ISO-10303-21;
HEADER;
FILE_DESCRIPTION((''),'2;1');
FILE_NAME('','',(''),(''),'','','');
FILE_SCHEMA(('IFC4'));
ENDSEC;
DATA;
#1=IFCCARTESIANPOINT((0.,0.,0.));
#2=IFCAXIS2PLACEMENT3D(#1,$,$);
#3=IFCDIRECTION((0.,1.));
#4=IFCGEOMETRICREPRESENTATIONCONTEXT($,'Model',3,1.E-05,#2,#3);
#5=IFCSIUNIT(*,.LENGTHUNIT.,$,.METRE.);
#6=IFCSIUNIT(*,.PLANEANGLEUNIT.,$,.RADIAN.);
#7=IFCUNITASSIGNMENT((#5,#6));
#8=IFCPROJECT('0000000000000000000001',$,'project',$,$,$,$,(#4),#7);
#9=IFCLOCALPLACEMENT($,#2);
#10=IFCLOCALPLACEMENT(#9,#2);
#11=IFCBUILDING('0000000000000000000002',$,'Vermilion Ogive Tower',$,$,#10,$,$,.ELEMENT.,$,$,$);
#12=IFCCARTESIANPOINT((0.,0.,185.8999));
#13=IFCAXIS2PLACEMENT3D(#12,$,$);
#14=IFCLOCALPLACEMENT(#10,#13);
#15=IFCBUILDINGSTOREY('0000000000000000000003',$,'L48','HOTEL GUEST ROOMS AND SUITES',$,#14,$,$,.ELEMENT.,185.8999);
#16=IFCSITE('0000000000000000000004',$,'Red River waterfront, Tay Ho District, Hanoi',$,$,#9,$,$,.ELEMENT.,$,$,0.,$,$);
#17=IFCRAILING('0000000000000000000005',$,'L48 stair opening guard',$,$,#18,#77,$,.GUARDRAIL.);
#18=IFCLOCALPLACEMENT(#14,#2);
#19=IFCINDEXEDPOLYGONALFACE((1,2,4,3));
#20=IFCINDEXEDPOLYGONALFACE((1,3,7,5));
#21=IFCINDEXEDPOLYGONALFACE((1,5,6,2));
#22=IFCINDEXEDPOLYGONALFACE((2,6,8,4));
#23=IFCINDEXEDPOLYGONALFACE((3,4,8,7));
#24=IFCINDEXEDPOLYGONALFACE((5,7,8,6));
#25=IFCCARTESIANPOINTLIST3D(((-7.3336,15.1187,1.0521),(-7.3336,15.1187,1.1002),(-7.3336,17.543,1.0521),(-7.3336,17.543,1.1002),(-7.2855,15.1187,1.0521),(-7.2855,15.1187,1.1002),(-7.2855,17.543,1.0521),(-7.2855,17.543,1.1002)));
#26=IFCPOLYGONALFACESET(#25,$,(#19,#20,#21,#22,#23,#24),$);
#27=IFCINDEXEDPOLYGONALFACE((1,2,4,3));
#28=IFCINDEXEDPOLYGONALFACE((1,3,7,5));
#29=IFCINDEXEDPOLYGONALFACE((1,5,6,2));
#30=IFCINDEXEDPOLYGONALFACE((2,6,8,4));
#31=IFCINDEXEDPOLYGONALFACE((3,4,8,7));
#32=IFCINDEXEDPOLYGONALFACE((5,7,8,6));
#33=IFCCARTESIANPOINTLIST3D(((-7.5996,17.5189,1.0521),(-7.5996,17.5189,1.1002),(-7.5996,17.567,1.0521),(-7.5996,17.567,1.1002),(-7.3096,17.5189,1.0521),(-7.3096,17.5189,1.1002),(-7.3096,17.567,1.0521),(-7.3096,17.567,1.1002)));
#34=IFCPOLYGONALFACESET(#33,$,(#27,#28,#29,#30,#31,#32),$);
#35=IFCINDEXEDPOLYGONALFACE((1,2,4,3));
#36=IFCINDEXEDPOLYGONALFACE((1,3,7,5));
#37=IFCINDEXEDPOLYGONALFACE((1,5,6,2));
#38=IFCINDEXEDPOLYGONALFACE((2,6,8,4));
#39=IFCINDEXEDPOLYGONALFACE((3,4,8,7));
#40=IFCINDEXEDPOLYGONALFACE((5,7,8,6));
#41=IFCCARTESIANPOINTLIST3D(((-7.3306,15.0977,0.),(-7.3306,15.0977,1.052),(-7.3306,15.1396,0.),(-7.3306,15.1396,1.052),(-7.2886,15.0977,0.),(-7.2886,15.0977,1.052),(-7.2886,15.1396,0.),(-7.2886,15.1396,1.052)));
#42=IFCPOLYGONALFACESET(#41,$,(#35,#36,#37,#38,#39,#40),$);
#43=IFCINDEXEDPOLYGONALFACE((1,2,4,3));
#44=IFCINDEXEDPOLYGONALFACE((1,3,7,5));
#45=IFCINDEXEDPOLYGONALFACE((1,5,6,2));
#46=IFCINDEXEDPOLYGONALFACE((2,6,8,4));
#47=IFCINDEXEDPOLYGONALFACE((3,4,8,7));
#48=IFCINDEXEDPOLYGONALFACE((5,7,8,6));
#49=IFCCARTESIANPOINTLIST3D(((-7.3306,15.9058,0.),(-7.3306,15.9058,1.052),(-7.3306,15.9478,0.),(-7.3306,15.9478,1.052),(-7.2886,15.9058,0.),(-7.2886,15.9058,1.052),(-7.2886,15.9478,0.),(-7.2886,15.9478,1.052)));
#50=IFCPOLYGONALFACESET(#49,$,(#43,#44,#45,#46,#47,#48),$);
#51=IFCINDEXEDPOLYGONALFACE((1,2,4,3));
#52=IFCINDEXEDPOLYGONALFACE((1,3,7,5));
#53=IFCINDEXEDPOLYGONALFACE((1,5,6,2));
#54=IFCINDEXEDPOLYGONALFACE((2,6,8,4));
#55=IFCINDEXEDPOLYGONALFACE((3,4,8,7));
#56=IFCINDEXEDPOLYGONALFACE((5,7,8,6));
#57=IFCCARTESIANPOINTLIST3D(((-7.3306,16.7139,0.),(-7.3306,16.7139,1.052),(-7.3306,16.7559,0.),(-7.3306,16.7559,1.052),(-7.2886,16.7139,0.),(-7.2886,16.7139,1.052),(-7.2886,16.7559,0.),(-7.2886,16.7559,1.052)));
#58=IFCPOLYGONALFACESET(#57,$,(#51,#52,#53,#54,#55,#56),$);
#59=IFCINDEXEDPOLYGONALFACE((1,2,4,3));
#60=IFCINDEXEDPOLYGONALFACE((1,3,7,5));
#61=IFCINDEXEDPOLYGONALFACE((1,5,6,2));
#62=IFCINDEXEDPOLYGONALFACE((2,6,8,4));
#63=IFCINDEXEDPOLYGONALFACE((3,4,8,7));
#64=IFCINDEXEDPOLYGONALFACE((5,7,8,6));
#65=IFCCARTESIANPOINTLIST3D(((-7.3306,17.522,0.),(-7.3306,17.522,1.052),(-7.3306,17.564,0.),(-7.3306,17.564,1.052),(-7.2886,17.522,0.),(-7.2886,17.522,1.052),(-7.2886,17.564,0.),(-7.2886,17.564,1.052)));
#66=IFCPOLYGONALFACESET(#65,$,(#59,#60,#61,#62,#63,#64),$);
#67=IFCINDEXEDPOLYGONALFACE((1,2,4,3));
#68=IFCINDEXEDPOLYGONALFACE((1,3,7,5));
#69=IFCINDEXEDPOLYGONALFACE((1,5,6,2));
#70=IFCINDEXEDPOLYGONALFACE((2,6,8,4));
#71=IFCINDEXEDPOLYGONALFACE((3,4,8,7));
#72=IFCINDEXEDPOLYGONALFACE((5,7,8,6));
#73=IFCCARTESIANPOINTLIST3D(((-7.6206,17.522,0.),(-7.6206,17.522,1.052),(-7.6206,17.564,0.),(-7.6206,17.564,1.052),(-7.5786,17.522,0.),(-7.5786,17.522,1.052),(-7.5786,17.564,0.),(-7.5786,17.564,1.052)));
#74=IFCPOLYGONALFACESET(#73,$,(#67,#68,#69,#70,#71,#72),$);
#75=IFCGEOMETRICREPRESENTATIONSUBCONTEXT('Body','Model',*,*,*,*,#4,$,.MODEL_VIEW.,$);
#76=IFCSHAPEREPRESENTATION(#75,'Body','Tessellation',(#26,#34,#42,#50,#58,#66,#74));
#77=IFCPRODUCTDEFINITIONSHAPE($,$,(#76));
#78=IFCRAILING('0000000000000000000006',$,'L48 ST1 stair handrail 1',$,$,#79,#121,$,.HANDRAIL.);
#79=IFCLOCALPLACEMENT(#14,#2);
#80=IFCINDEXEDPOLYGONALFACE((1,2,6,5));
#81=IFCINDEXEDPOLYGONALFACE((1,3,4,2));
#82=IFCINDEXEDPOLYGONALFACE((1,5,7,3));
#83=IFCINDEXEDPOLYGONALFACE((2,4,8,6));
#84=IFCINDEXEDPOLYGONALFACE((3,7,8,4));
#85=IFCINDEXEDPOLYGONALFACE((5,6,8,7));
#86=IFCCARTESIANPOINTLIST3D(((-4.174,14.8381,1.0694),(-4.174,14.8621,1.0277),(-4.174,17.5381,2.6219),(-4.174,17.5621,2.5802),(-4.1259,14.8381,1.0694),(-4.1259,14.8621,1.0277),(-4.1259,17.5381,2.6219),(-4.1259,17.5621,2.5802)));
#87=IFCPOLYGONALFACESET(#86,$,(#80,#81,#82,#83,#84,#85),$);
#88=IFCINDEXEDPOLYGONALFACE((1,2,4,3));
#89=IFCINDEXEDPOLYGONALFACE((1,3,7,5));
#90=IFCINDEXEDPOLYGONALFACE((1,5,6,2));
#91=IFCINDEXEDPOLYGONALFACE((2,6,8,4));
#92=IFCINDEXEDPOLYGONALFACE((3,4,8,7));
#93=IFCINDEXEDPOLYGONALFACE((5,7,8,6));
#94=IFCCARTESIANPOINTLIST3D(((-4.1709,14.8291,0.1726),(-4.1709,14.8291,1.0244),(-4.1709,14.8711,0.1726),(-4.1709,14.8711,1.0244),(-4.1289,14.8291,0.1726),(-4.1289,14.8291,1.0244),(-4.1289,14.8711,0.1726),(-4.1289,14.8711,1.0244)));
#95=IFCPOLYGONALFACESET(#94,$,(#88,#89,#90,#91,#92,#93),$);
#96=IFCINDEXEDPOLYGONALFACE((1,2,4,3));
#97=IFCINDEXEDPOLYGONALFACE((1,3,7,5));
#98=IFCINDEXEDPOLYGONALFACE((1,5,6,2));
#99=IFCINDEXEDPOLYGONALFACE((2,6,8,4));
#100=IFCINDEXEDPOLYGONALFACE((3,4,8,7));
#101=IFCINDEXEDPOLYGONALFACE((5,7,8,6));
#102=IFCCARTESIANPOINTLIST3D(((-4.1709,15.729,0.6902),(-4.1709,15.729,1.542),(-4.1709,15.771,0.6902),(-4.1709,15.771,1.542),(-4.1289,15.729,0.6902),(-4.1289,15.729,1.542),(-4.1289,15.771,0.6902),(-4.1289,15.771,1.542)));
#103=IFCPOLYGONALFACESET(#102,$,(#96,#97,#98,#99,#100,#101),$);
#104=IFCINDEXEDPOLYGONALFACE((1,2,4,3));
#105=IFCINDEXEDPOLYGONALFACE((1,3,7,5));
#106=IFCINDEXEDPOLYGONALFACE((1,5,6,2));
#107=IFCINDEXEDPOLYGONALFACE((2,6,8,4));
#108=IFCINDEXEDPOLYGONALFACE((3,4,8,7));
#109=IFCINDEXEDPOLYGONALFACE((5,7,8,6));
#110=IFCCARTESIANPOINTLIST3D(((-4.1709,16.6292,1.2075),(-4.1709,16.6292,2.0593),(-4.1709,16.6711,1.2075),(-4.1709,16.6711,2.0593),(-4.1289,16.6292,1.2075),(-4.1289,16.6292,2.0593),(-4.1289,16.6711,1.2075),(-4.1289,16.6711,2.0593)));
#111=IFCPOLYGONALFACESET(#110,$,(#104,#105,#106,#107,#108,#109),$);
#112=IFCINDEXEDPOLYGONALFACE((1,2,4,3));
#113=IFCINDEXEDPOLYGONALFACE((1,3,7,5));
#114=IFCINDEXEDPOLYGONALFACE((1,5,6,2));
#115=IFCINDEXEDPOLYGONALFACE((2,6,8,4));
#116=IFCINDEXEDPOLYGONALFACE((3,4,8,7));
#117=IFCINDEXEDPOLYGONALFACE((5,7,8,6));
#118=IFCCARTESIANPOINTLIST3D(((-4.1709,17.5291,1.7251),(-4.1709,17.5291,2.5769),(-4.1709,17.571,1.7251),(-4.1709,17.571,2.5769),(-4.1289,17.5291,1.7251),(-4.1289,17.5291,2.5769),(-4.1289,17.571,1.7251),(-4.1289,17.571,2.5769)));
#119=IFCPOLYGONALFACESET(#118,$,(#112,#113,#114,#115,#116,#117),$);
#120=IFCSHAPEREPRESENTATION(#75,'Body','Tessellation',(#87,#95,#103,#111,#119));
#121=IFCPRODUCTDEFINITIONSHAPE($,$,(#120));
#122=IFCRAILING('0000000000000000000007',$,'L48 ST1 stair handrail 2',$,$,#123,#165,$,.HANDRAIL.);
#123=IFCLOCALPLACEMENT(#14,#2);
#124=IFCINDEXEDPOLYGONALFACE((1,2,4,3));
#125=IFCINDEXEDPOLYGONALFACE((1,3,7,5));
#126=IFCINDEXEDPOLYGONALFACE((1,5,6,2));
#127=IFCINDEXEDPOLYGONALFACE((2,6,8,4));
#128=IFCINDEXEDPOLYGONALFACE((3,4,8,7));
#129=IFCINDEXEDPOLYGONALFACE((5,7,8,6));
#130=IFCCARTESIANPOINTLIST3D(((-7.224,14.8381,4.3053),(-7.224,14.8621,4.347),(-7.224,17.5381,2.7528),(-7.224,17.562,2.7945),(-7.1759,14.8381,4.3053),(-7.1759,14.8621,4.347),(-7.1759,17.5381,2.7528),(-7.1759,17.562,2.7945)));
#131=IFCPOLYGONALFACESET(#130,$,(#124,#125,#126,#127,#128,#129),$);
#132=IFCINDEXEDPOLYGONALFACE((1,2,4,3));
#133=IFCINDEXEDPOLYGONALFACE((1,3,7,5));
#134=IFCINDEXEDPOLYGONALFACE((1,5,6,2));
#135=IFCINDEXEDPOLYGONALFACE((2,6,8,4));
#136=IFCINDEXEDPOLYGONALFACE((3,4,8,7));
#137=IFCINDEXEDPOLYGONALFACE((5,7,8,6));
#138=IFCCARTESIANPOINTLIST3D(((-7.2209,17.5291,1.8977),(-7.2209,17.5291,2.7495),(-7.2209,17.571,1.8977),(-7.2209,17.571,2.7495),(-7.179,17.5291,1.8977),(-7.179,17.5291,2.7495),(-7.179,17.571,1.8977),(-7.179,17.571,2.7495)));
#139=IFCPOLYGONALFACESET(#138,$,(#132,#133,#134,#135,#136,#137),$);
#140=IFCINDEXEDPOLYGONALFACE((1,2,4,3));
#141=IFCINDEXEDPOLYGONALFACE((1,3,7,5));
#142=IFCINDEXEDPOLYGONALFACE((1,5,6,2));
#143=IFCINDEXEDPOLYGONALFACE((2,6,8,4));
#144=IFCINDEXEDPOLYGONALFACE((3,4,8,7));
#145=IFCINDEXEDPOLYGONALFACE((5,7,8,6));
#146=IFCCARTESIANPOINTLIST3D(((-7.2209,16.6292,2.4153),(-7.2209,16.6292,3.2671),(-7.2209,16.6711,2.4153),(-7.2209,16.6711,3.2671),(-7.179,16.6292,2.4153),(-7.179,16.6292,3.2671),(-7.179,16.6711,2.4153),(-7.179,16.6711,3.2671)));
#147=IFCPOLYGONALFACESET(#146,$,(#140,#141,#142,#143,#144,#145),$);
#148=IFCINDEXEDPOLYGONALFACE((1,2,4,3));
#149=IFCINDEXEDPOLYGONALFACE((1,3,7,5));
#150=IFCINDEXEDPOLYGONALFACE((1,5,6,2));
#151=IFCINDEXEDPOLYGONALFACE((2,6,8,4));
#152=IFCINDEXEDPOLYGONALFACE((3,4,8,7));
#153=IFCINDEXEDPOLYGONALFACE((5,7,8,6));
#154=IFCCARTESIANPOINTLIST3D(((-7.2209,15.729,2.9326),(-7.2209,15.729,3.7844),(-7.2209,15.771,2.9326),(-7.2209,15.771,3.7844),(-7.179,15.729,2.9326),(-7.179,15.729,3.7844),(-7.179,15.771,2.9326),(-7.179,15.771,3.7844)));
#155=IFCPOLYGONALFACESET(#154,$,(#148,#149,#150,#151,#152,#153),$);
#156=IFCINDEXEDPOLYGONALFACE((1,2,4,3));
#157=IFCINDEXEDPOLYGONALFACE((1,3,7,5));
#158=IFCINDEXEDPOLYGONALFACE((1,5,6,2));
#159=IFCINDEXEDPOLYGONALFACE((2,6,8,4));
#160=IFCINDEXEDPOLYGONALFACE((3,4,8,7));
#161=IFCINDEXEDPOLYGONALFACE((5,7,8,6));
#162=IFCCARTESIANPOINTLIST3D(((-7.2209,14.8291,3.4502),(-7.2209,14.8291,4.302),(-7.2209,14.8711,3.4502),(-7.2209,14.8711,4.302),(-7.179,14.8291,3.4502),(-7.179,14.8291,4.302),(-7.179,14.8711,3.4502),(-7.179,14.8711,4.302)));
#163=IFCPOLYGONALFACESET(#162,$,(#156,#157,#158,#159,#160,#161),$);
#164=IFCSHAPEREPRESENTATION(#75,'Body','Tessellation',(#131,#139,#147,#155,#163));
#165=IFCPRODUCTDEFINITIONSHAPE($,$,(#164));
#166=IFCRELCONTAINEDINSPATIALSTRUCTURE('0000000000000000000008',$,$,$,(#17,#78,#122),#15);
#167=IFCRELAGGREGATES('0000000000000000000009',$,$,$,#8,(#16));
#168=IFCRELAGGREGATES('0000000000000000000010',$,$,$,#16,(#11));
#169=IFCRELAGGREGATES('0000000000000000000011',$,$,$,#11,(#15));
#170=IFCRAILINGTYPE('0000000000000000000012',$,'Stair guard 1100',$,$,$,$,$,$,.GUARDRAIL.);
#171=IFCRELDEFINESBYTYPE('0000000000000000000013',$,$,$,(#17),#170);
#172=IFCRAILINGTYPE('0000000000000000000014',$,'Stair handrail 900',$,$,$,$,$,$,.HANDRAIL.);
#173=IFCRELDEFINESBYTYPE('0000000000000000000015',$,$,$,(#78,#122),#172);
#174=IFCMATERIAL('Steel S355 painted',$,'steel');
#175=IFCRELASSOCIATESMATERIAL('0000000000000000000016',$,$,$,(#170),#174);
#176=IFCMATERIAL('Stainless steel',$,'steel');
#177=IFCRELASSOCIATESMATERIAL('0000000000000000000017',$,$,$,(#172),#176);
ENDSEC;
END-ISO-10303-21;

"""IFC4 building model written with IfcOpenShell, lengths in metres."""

from ifc_helpers import new_model, si_unit, direction, frame, origin, origin_2d, place, context, subcontext, project, spatial, rectangle, extrude, material, type_object, element, save


model = new_model("IFC4")

# Units and contexts
model_context = context("Model", 3, precision=1e-05, world=origin(), true_north=direction((0.0, 1.0)))
body_context = subcontext(model_context, "Body", "Model", "MODEL_VIEW")
ifc_project = project(units=[si_unit("LENGTHUNIT", "METRE"), si_unit("PLANEANGLEUNIT", "RADIAN")], contexts=[model_context])

# Site, building, storey
site_placement = place(None, origin())
site = spatial("IfcSite", under=ifc_project, at=site_placement, Name="Red River waterfront, Tay Ho District, Hanoi", CompositionType="ELEMENT", RefElevation=0.0)
building_placement = place(site_placement, origin())
building = spatial("IfcBuilding", under=site, at=building_placement, Name="Vermilion Ogive Tower", CompositionType="ELEMENT")
storey_placement = place(building_placement, frame((0.0, 0.0, 185.8999)))
storey = spatial("IfcBuildingStorey", under=building, at=storey_placement, Name="L48", Description="HOTEL GUEST ROOMS AND SUITES", CompositionType="ELEMENT", Elevation=185.8999)

# Railings
ifc_material_1 = material(Name="Steel S355 painted", Category="steel")
railing_type_1 = type_object("IfcRailingType", Name="Stair guard 1100", PredefinedType="GUARDRAIL", material=ifc_material_1)
railing_1_placement = place(storey_placement, frame((-7.3096, 15.1187, 0.0)))
element("IfcRailing", 1, at=railing_1_placement, inside=storey, type_object=railing_type_1, Name="L48 stair opening guard", PredefinedType="GUARDRAIL", context=body_context, shape_type="SweptSolid", body=[
    extrude(rectangle(XDim=0.0481, YDim=0.0481, at=origin_2d()), frame((0.0, 0.0, 1.0762), z_axis=(0.0, 1.0, 0.0), x_axis=(-1.0, 0.0, 0.0)), (0.0, 0.0, 1.0), 2.4243),
    extrude(rectangle(XDim=0.0481, YDim=0.0481, at=origin_2d()), frame((0.0, 2.4243, 1.0762), z_axis=(-1.0, 0.0, 0.0), x_axis=(0.0, -1.0, 0.0)), (0.0, 0.0, 1.0), 0.29),
    extrude(rectangle(XDim=0.042, YDim=0.042, at=origin_2d()), origin(), (0.0, 0.0, 1.0), 1.052),
    extrude(rectangle(XDim=0.042, YDim=0.042, at=origin_2d()), frame((0.0, 0.8081, 0.0)), (0.0, 0.0, 1.0), 1.052),
    extrude(rectangle(XDim=0.042, YDim=0.042, at=origin_2d()), frame((0.0, 1.6162, 0.0)), (0.0, 0.0, 1.0), 1.052),
    extrude(rectangle(XDim=0.042, YDim=0.042, at=origin_2d()), frame((0.0, 2.4243, 0.0)), (0.0, 0.0, 1.0), 1.052),
    extrude(rectangle(XDim=0.042, YDim=0.042, at=origin_2d()), frame((-0.29, 2.4243, 0.0)), (0.0, 0.0, 1.0), 1.052),
])
ifc_material_2 = material(Name="Stainless steel", Category="steel")
railing_type_2 = type_object("IfcRailingType", Name="Stair handrail 900", PredefinedType="HANDRAIL", material=ifc_material_2)
railing_2_placement = place(storey_placement, frame((-4.1499, 14.8501, 0.1726)))
element("IfcRailing", 2, at=railing_2_placement, inside=storey, type_object=railing_type_2, Name="L48 ST1 stair handrail 1", PredefinedType="HANDRAIL", context=body_context, shape_type="SweptSolid", body=[
    extrude(rectangle(XDim=0.0481, YDim=0.0481, at=origin_2d()), frame((0.0, 0.0, 0.876), z_axis=(0.0, 0.866904, 0.498476), x_axis=(-1.0, 0.0, 0.0)), (0.0, 0.0, 1.0), 3.1145),
    extrude(rectangle(XDim=0.042, YDim=0.042, at=origin_2d()), origin(), (0.0, 0.0, 1.0), 0.8518),
    extrude(rectangle(XDim=0.042, YDim=0.042, at=origin_2d()), frame((0.0, 0.8999, 0.5176)), (0.0, 0.0, 1.0), 0.8518),
    extrude(rectangle(XDim=0.042, YDim=0.042, at=origin_2d()), frame((0.0, 1.8, 1.0349)), (0.0, 0.0, 1.0), 0.8518),
    extrude(rectangle(XDim=0.042, YDim=0.042, at=origin_2d()), frame((0.0, 2.7, 1.5525)), (0.0, 0.0, 1.0), 0.8518),
])
railing_3_placement = place(storey_placement, frame((-7.2, 17.55, 1.8977)))
element("IfcRailing", 3, at=railing_3_placement, inside=storey, type_object=railing_type_2, Name="L48 ST1 stair handrail 2", PredefinedType="HANDRAIL", context=body_context, shape_type="SweptSolid", body=[
    extrude(rectangle(XDim=0.0481, YDim=0.0481, at=origin_2d()), frame((0.0, 0.0, 0.876), z_axis=(0.0, -0.866904, 0.498476), x_axis=(1.0, 0.0, 0.0)), (0.0, 0.0, 1.0), 3.1145),
    extrude(rectangle(XDim=0.042, YDim=0.042, at=origin_2d()), origin(), (0.0, 0.0, 1.0), 0.8518),
    extrude(rectangle(XDim=0.042, YDim=0.042, at=origin_2d()), frame((0.0, -0.8999, 0.5176)), (0.0, 0.0, 1.0), 0.8518),
    extrude(rectangle(XDim=0.042, YDim=0.042, at=origin_2d()), frame((0.0, -1.8, 1.0349)), (0.0, 0.0, 1.0), 0.8518),
    extrude(rectangle(XDim=0.042, YDim=0.042, at=origin_2d()), frame((0.0, -2.7, 1.5525)), (0.0, 0.0, 1.0), 0.8518),
])

save(model, "model.ifc")
